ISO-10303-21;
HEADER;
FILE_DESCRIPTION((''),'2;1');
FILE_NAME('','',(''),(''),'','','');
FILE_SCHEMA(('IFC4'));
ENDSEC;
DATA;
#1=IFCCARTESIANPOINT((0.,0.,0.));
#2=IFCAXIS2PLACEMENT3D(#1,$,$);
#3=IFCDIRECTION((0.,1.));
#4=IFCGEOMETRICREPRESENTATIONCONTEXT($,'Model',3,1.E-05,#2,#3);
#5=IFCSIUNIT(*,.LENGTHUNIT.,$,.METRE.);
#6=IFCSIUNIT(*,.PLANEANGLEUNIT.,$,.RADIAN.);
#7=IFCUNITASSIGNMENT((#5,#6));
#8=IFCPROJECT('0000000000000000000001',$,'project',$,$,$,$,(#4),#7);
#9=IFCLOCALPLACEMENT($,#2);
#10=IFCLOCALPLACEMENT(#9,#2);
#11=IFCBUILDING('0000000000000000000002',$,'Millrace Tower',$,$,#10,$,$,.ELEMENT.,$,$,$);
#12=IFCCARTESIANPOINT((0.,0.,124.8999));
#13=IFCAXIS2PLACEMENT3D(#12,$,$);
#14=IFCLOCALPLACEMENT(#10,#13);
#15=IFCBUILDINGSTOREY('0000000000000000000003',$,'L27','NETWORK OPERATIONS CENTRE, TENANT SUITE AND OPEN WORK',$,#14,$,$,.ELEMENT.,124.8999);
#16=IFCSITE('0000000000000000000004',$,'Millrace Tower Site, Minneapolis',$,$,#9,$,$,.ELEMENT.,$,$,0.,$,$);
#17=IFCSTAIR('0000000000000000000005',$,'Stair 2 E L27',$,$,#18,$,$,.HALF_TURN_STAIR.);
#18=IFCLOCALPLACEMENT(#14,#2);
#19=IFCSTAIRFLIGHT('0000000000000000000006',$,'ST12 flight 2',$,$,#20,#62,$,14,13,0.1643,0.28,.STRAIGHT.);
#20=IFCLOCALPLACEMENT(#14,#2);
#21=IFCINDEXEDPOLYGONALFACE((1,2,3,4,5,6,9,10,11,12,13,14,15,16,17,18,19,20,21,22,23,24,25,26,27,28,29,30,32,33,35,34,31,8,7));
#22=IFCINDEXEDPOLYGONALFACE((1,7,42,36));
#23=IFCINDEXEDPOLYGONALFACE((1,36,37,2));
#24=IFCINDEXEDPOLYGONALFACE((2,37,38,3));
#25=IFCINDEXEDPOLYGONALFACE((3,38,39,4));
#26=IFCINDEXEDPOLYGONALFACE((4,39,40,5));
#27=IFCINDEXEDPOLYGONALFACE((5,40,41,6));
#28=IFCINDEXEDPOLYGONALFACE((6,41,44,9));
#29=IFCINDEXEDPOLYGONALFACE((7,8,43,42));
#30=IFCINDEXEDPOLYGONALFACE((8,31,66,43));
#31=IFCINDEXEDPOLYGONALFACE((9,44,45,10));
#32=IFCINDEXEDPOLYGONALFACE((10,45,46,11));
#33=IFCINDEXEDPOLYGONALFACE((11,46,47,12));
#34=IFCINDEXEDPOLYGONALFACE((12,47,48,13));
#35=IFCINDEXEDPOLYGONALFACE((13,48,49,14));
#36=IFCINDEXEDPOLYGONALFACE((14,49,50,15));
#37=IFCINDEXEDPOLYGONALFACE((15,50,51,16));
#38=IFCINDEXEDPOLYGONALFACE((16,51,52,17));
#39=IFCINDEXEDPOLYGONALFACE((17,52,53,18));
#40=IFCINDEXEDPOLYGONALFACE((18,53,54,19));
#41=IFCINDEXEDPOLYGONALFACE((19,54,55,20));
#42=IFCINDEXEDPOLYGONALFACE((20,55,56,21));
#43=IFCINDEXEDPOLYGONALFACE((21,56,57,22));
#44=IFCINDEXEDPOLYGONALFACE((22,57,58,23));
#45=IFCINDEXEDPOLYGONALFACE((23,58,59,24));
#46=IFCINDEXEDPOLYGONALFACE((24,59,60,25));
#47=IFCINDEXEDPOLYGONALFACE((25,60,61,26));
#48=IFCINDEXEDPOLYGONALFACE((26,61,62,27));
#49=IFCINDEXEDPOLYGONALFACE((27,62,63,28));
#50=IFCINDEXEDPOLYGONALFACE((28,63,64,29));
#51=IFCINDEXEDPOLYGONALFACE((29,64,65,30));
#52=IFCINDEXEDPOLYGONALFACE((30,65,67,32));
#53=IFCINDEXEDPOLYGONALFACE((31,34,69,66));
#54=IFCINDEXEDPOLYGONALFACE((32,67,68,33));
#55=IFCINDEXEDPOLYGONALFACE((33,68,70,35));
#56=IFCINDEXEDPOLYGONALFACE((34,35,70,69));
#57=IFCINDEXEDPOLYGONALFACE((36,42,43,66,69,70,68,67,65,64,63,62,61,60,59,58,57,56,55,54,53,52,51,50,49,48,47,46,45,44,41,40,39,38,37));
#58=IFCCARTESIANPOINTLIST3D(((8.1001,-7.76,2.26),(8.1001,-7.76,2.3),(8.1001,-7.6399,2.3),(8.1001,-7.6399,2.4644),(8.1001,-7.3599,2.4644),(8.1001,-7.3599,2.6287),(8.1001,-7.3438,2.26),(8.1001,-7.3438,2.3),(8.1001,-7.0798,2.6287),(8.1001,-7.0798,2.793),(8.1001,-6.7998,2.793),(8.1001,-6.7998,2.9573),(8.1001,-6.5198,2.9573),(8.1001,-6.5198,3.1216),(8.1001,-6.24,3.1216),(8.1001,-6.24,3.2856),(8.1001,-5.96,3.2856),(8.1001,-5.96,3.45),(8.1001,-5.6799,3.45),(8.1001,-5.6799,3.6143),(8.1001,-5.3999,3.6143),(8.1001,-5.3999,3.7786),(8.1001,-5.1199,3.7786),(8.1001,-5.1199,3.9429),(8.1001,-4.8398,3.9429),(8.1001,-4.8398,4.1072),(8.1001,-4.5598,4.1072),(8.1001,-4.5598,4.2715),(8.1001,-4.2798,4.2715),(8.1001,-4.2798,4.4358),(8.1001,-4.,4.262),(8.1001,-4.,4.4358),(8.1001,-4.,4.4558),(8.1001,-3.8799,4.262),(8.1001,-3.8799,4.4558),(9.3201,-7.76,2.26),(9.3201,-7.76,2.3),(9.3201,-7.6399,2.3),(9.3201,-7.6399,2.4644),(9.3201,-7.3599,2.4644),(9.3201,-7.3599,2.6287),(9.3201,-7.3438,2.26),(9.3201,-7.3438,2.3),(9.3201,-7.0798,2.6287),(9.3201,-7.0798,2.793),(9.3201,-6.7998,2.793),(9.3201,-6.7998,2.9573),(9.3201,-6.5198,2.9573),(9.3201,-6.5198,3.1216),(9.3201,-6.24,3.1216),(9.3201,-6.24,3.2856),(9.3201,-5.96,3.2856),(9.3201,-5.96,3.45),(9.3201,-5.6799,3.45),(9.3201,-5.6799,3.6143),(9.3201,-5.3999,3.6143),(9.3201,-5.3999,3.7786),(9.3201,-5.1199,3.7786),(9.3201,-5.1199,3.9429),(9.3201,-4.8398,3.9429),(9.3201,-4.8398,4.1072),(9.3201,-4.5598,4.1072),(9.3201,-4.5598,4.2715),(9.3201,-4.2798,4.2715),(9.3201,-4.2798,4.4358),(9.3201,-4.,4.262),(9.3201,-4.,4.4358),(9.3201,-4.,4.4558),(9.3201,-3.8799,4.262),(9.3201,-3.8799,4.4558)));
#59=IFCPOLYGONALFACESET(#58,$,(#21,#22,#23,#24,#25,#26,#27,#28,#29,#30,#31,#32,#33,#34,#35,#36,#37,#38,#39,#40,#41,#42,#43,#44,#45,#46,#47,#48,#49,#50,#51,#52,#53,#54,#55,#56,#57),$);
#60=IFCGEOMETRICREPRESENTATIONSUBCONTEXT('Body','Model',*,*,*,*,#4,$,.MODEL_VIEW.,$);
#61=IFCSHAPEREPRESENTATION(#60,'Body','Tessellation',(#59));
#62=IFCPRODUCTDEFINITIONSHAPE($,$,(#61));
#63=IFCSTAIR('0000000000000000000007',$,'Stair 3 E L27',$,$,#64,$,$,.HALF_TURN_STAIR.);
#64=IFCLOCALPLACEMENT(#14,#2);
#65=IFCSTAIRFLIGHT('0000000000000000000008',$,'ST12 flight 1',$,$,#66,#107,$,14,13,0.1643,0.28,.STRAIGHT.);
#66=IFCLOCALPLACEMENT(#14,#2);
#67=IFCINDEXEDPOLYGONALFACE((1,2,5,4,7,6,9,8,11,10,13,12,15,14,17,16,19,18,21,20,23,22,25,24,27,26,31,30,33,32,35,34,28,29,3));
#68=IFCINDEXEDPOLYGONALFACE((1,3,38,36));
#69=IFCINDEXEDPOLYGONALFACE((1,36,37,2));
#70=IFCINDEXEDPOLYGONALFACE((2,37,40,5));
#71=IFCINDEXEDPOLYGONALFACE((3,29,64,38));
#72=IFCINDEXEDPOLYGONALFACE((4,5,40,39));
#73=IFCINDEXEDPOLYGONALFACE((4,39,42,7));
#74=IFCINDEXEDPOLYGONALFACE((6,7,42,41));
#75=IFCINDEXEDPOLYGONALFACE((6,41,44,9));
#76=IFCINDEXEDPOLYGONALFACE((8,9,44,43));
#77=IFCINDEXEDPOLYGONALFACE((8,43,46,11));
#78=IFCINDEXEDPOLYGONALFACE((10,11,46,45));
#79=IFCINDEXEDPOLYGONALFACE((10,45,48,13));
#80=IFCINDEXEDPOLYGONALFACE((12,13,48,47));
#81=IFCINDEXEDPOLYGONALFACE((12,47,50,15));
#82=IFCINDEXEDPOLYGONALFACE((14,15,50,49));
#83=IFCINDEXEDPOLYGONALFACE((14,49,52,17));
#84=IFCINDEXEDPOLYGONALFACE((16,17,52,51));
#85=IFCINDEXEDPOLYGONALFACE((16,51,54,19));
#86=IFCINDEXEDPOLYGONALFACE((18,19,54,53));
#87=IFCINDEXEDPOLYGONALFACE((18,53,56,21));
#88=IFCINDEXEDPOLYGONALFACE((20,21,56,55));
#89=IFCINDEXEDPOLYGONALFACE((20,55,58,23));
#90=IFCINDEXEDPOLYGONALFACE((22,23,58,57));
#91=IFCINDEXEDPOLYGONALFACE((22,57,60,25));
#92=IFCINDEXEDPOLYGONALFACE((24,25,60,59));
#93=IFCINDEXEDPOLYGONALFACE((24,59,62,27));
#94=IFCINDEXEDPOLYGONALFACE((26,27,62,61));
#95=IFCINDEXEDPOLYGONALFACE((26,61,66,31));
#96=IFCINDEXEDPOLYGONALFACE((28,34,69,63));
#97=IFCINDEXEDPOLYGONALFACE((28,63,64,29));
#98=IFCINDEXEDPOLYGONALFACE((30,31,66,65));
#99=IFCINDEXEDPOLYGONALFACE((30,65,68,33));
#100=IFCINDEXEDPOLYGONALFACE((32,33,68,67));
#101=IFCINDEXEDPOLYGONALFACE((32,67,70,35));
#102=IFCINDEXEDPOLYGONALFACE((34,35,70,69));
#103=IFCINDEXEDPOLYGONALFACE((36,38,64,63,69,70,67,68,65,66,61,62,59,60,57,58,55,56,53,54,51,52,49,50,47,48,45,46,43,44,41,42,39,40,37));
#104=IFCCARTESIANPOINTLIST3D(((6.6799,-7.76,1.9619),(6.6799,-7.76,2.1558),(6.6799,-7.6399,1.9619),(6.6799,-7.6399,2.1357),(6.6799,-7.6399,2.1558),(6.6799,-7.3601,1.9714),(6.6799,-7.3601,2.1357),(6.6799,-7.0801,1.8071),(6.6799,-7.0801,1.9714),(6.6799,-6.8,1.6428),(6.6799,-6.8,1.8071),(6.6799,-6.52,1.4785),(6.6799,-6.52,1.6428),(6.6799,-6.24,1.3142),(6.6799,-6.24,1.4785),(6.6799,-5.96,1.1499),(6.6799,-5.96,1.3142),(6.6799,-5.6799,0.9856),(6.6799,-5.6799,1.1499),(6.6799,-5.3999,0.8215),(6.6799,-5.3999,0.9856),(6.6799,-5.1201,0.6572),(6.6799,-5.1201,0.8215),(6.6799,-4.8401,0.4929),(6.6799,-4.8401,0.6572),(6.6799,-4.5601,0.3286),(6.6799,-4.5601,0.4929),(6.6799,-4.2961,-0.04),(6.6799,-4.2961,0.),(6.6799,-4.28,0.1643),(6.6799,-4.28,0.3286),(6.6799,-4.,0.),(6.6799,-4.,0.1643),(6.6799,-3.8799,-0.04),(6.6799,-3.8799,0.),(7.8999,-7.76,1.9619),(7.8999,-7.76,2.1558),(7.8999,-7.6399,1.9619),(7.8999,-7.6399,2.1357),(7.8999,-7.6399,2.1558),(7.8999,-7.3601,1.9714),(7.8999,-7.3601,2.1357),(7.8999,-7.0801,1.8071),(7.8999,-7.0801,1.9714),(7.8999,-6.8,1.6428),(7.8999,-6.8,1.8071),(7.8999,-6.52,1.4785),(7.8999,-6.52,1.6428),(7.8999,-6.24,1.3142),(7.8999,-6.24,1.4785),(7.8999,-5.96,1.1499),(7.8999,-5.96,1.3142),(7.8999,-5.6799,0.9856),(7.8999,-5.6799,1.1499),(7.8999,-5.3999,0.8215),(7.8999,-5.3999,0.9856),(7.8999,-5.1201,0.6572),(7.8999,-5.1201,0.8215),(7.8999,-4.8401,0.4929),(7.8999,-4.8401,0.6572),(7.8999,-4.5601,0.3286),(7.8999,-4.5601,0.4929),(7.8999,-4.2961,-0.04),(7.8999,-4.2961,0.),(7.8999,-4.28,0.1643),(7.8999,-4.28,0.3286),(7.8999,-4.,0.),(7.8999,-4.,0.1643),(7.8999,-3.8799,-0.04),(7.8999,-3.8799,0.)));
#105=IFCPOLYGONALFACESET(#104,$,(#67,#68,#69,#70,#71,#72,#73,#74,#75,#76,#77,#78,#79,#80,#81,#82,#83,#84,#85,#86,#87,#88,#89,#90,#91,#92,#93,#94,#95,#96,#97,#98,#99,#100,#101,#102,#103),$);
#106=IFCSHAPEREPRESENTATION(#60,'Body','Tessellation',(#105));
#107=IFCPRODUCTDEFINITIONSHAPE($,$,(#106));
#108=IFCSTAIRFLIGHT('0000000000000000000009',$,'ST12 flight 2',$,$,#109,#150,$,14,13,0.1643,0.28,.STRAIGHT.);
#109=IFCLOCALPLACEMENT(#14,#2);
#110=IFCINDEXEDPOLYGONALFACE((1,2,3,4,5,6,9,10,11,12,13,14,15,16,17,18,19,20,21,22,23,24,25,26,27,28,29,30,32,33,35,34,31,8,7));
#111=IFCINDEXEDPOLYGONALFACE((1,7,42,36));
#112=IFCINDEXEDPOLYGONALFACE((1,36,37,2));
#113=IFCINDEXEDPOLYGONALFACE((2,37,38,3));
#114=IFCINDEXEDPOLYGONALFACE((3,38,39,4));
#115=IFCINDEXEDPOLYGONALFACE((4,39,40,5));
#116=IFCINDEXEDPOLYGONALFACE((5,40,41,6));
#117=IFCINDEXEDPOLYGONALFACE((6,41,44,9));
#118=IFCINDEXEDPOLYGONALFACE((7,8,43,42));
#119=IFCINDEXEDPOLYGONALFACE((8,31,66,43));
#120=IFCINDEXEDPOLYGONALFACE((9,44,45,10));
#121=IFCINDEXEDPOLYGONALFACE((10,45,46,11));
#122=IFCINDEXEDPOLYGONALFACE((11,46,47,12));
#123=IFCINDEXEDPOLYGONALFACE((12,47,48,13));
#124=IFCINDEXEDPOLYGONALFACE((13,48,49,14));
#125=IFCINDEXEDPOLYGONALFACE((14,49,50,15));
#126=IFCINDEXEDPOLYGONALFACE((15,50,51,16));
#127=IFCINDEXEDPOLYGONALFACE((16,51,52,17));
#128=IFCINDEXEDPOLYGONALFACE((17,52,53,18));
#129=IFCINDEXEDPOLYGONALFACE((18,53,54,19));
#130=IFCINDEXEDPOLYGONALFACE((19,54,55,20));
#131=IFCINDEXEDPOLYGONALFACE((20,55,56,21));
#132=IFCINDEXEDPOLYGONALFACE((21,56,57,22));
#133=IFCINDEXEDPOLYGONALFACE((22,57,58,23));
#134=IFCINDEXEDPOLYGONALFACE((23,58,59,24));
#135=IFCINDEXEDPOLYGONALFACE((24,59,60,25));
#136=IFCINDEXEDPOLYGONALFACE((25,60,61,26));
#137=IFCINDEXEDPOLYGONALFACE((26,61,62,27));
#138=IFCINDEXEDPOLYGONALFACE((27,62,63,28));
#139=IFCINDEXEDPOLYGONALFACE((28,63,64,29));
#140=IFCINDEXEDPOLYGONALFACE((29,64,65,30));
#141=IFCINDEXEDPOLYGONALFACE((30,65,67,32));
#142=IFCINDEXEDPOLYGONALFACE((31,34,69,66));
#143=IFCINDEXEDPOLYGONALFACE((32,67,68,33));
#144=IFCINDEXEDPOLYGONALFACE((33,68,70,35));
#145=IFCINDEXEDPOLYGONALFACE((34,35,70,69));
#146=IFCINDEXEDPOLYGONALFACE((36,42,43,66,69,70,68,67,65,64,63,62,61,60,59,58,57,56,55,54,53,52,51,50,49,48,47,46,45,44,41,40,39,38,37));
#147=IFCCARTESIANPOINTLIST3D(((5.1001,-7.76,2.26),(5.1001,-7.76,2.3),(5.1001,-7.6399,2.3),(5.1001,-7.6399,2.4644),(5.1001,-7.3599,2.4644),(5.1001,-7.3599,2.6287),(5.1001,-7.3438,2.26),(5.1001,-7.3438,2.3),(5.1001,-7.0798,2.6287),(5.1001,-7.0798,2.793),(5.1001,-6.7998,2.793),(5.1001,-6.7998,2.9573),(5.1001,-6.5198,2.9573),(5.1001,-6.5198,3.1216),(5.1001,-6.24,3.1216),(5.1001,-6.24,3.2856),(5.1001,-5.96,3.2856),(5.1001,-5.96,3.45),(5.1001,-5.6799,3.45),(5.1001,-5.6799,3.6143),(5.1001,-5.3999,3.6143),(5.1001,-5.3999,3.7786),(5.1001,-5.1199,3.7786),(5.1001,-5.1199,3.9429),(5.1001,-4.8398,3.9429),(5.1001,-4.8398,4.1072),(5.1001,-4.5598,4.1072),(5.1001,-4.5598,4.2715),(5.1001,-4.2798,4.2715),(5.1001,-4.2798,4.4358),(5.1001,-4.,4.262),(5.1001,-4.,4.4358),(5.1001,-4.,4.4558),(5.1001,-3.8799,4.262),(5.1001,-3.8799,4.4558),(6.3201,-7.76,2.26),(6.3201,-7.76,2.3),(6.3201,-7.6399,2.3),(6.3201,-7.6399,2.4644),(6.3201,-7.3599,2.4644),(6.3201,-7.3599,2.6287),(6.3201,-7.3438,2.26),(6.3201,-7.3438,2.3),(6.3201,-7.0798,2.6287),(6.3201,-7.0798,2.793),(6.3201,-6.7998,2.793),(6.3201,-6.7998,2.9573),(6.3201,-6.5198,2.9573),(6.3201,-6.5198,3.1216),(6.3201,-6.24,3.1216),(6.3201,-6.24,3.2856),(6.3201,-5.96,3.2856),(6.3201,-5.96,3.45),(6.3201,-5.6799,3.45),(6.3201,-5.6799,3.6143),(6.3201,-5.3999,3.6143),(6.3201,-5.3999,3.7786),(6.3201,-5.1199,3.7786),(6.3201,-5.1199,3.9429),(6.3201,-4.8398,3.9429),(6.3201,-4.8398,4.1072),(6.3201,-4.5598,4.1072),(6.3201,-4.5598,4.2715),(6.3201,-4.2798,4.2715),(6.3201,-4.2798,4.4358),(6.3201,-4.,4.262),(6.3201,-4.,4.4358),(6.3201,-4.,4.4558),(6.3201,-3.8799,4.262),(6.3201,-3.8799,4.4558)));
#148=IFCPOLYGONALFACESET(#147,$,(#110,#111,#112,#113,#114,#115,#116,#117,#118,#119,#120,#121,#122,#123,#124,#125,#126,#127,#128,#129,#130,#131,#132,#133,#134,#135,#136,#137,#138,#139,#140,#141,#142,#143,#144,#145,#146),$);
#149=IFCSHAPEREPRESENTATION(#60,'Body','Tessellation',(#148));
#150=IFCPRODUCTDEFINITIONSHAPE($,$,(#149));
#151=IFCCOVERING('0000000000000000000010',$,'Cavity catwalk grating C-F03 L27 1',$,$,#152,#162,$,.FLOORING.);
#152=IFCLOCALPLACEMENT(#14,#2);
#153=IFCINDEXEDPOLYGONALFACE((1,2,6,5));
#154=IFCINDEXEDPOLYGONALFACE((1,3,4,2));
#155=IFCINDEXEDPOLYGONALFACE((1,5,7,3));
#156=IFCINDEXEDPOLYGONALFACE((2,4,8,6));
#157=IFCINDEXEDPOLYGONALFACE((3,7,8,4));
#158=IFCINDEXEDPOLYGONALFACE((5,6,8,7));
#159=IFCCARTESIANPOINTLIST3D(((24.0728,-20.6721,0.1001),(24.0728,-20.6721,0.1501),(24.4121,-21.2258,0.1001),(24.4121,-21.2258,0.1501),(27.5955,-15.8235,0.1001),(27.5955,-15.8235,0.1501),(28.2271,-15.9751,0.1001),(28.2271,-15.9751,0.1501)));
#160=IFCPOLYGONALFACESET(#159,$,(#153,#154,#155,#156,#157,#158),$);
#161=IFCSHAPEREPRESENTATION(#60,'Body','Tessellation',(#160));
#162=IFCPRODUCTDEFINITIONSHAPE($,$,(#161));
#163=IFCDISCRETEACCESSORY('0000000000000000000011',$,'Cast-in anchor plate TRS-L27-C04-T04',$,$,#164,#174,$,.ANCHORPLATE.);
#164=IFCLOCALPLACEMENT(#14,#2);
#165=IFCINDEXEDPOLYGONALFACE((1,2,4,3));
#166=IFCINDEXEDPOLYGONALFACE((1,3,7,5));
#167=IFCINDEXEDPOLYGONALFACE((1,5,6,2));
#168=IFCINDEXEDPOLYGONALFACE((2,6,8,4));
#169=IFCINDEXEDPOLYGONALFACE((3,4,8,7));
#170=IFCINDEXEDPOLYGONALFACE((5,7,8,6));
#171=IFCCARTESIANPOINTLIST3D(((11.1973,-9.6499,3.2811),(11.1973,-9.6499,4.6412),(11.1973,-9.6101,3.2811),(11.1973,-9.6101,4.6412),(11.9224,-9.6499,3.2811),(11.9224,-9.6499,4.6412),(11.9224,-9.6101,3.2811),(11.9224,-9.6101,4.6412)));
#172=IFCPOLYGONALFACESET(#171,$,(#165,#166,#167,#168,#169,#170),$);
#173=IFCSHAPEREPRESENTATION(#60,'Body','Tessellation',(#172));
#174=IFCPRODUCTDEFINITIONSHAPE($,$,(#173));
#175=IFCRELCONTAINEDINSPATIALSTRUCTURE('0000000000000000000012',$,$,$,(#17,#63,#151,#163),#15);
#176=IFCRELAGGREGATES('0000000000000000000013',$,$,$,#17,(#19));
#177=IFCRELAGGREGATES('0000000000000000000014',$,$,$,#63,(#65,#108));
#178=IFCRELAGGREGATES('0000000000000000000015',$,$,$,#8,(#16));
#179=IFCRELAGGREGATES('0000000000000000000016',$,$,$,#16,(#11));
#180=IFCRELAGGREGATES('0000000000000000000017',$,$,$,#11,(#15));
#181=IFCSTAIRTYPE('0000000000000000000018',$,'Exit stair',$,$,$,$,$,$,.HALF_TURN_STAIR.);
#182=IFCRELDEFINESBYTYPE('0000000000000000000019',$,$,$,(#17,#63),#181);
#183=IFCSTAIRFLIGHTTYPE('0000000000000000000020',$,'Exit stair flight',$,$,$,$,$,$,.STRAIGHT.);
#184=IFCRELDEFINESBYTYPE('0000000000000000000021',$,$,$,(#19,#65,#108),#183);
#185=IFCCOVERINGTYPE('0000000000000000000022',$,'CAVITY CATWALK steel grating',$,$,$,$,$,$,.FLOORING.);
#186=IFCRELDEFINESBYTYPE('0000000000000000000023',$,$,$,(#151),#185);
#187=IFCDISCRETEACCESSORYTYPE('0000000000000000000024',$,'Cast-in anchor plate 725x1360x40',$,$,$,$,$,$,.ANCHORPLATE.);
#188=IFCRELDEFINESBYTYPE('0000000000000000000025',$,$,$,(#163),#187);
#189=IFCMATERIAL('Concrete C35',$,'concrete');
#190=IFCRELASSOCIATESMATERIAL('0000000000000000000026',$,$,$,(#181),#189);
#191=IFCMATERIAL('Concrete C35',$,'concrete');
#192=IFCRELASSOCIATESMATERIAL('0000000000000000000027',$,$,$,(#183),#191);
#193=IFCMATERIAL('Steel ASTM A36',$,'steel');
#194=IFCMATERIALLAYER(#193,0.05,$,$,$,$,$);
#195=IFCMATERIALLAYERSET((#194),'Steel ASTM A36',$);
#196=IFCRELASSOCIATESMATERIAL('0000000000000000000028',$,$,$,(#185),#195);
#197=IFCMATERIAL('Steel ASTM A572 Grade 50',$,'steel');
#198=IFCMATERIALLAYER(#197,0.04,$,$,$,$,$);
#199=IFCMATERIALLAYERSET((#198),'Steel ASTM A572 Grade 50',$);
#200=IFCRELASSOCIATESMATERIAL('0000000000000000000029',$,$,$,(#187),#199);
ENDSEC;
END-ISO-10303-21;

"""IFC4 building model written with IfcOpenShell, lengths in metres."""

from ifc_helpers import new_model, si_unit, direction, frame, origin, origin_2d, place, context, subcontext, project, spatial, polyline, rectangle, outline, extrude, material, layer, layer_set, type_object, element, aggregate, save


model = new_model("IFC4")

# Units and contexts
model_context = context("Model", 3, precision=1e-05, world=origin(), true_north=direction((0.0, 1.0)))
body_context = subcontext(model_context, "Body", "Model", "MODEL_VIEW")
ifc_project = project(units=[si_unit("LENGTHUNIT", "METRE"), si_unit("PLANEANGLEUNIT", "RADIAN")], contexts=[model_context])

# Site, building, storey
site_placement = place(None, origin())
site = spatial("IfcSite", under=ifc_project, at=site_placement, Name="Millrace Tower Site, Minneapolis", CompositionType="ELEMENT", RefElevation=0.0)
building_placement = place(site_placement, origin())
building = spatial("IfcBuilding", under=site, at=building_placement, Name="Millrace Tower", CompositionType="ELEMENT")
storey_placement = place(building_placement, frame((0.0, 0.0, 124.8999)))
storey = spatial("IfcBuildingStorey", under=building, at=storey_placement, Name="L27", Description="NETWORK OPERATIONS CENTRE, TENANT SUITE AND OPEN WORK", CompositionType="ELEMENT", Elevation=124.8999)

# Shared definitions
placement_1 = place(storey_placement, origin())

# Stairs, stair flights
ifc_material_1 = material(Name="Concrete C35", Category="concrete")
stair_type = type_object("IfcStairType", Name="Exit stair", PredefinedType="HALF_TURN_STAIR", material=ifc_material_1)
ifc_material_2 = material(Name="Concrete C35", Category="concrete")
stair_flight_type = type_object("IfcStairFlightType", Name="Exit stair flight", PredefinedType="STRAIGHT", material=ifc_material_2)
stair_1 = element("IfcStair", 1, at=placement_1, inside=storey, type_object=stair_type, Name="Stair 2 E L27", PredefinedType="HALF_TURN_STAIR")
stair_flight_1_placement = place(storey_placement, frame((8.71, -7.6399, 2.3), z_axis=(0.0, 0.0, 1.0), x_axis=(0.0, 1.0, 0.0)))
stair_flight_1 = element("IfcStairFlight", 2, at=stair_flight_1_placement, type_object=stair_flight_type, Name="ST12 flight 2", NumberOfRisers=14, NumberOfTreads=13, PredefinedType="STRAIGHT", RiserHeight=0.1643, TreadLength=0.28, context=body_context, shape_type="SweptSolid", body=[
    extrude(outline(polyline([(-0.1201, -0.04), (-0.1201, 0.0), (0.0, 0.0), (0.0, 0.1643), (0.28, 0.1643), (0.28, 0.3286), (0.5601, 0.3286), (0.5601, 0.4929), (0.8401, 0.4929), (0.8401, 0.6572), (1.1201, 0.6572), (1.1201, 0.8215), (1.3999, 0.8215), (1.3999, 0.9856), (1.6799, 0.9856), (1.6799, 1.1499), (1.96, 1.1499), (1.96, 1.3142), (2.24, 1.3142), (2.24, 1.4785), (2.52, 1.4785), (2.52, 1.6428), (2.8, 1.6428), (2.8, 1.8071), (3.0801, 1.8071), (3.0801, 1.9714), (3.3601, 1.9714), (3.3601, 2.1357), (3.6399, 2.1357), (3.6399, 2.1558), (3.76, 2.1558), (3.76, 1.9619), (3.6399, 1.9619), (0.2961, 0.0), (0.2961, -0.04), (-0.1201, -0.04)])), frame((0.0, 0.6099, 0.0), z_axis=(0.0, -1.0, 0.0), x_axis=(1.0, 0.0, 0.0)), (0.0, 0.0, 1.0), 1.22),
])
aggregate(stair_1, [stair_flight_1])
stair_2 = element("IfcStair", 3, at=placement_1, inside=storey, type_object=stair_type, Name="Stair 3 E L27", PredefinedType="HALF_TURN_STAIR")
stair_flight_2_placement = place(storey_placement, frame((7.29, -4.0, 0.0), z_axis=(0.0, 0.0, 1.0), x_axis=(0.0, -1.0, 0.0)))
stair_flight_2 = element("IfcStairFlight", 4, at=stair_flight_2_placement, type_object=stair_flight_type, Name="ST12 flight 1", NumberOfRisers=14, NumberOfTreads=13, PredefinedType="STRAIGHT", RiserHeight=0.1643, TreadLength=0.28, context=body_context, shape_type="SweptSolid", body=[
    extrude(outline(polyline([(-0.1201, -0.04), (-0.1201, 0.0), (0.0, 0.0), (0.0, 0.1643), (0.28, 0.1643), (0.28, 0.3286), (0.5601, 0.3286), (0.5601, 0.4929), (0.8401, 0.4929), (0.8401, 0.6572), (1.1201, 0.6572), (1.1201, 0.8215), (1.3999, 0.8215), (1.3999, 0.9856), (1.6799, 0.9856), (1.6799, 1.1499), (1.96, 1.1499), (1.96, 1.3142), (2.24, 1.3142), (2.24, 1.4785), (2.52, 1.4785), (2.52, 1.6428), (2.8, 1.6428), (2.8, 1.8071), (3.0801, 1.8071), (3.0801, 1.9714), (3.3601, 1.9714), (3.3601, 2.1357), (3.6399, 2.1357), (3.6399, 2.1558), (3.76, 2.1558), (3.76, 1.9619), (3.6399, 1.9619), (0.2961, 0.0), (0.2961, -0.04), (-0.1201, -0.04)])), frame((0.0, 0.6099, 0.0), z_axis=(0.0, -1.0, 0.0), x_axis=(1.0, 0.0, 0.0)), (0.0, 0.0, 1.0), 1.22),
])
stair_flight_3_placement = place(storey_placement, frame((5.71, -7.6399, 2.3), z_axis=(0.0, 0.0, 1.0), x_axis=(0.0, 1.0, 0.0)))
stair_flight_3 = element("IfcStairFlight", 5, at=stair_flight_3_placement, type_object=stair_flight_type, Name="ST12 flight 2", NumberOfRisers=14, NumberOfTreads=13, PredefinedType="STRAIGHT", RiserHeight=0.1643, TreadLength=0.28, context=body_context, shape_type="SweptSolid", body=[
    extrude(outline(polyline([(-0.1201, -0.04), (-0.1201, 0.0), (0.0, 0.0), (0.0, 0.1643), (0.28, 0.1643), (0.28, 0.3286), (0.5601, 0.3286), (0.5601, 0.4929), (0.8401, 0.4929), (0.8401, 0.6572), (1.1201, 0.6572), (1.1201, 0.8215), (1.3999, 0.8215), (1.3999, 0.9856), (1.6799, 0.9856), (1.6799, 1.1499), (1.96, 1.1499), (1.96, 1.3142), (2.24, 1.3142), (2.24, 1.4785), (2.52, 1.4785), (2.52, 1.6428), (2.8, 1.6428), (2.8, 1.8071), (3.0801, 1.8071), (3.0801, 1.9714), (3.3601, 1.9714), (3.3601, 2.1357), (3.6399, 2.1357), (3.6399, 2.1558), (3.76, 2.1558), (3.76, 1.9619), (3.6399, 1.9619), (0.2961, 0.0), (0.2961, -0.04), (-0.1201, -0.04)])), frame((0.0, 0.6099, 0.0), z_axis=(0.0, -1.0, 0.0), x_axis=(1.0, 0.0, 0.0)), (0.0, 0.0, 1.0), 1.22),
])
aggregate(stair_2, [stair_flight_2, stair_flight_3])

# Covering
ifc_material_3 = material(Name="Steel ASTM A36", Category="steel")
ifc_layer_1 = layer(ifc_material_3, 0.05)
ifc_layer_set_1 = layer_set([ifc_layer_1], Name="Steel ASTM A36")
covering_type = type_object("IfcCoveringType", Name="CAVITY CATWALK steel grating", PredefinedType="FLOORING", material=ifc_layer_set_1)
covering_placement = place(storey_placement, frame((0.0, 0.0, 0.1001)))
element("IfcCovering", 6, at=covering_placement, inside=storey, type_object=covering_type, Name="Cavity catwalk grating C-F03 L27 1", PredefinedType="FLOORING", context=body_context, shape_type="SweptSolid", body=[
    extrude(outline(polyline([(24.4121, -21.2258), (28.2271, -15.9751), (27.5955, -15.8235), (24.0728, -20.6721), (24.4121, -21.2258)])), origin(), (0.0, 0.0, 1.0), 0.05),
])

# Discrete accessory
ifc_material_4 = material(Name="Steel ASTM A572 Grade 50", Category="steel")
ifc_layer_2 = layer(ifc_material_4, 0.04)
ifc_layer_set_2 = layer_set([ifc_layer_2], Name="Steel ASTM A572 Grade 50")
discrete_accessory_type = type_object("IfcDiscreteAccessoryType", Name="Cast-in anchor plate 725x1360x40", PredefinedType="ANCHORPLATE", material=ifc_layer_set_2)
discrete_accessory_placement = place(storey_placement, frame((11.5598, -9.6101, 3.9612), z_axis=(0.0, -1.0, 0.0), x_axis=(1.0, 0.0, 0.0)))
element("IfcDiscreteAccessory", 7, at=discrete_accessory_placement, inside=storey, type_object=discrete_accessory_type, Name="Cast-in anchor plate TRS-L27-C04-T04", PredefinedType="ANCHORPLATE", context=body_context, shape_type="SweptSolid", body=[
    extrude(rectangle(XDim=0.7251, YDim=1.3601, at=origin_2d()), origin(), (0.0, 0.0, 1.0), 0.0398),
])

save(model, "model.ifc")
